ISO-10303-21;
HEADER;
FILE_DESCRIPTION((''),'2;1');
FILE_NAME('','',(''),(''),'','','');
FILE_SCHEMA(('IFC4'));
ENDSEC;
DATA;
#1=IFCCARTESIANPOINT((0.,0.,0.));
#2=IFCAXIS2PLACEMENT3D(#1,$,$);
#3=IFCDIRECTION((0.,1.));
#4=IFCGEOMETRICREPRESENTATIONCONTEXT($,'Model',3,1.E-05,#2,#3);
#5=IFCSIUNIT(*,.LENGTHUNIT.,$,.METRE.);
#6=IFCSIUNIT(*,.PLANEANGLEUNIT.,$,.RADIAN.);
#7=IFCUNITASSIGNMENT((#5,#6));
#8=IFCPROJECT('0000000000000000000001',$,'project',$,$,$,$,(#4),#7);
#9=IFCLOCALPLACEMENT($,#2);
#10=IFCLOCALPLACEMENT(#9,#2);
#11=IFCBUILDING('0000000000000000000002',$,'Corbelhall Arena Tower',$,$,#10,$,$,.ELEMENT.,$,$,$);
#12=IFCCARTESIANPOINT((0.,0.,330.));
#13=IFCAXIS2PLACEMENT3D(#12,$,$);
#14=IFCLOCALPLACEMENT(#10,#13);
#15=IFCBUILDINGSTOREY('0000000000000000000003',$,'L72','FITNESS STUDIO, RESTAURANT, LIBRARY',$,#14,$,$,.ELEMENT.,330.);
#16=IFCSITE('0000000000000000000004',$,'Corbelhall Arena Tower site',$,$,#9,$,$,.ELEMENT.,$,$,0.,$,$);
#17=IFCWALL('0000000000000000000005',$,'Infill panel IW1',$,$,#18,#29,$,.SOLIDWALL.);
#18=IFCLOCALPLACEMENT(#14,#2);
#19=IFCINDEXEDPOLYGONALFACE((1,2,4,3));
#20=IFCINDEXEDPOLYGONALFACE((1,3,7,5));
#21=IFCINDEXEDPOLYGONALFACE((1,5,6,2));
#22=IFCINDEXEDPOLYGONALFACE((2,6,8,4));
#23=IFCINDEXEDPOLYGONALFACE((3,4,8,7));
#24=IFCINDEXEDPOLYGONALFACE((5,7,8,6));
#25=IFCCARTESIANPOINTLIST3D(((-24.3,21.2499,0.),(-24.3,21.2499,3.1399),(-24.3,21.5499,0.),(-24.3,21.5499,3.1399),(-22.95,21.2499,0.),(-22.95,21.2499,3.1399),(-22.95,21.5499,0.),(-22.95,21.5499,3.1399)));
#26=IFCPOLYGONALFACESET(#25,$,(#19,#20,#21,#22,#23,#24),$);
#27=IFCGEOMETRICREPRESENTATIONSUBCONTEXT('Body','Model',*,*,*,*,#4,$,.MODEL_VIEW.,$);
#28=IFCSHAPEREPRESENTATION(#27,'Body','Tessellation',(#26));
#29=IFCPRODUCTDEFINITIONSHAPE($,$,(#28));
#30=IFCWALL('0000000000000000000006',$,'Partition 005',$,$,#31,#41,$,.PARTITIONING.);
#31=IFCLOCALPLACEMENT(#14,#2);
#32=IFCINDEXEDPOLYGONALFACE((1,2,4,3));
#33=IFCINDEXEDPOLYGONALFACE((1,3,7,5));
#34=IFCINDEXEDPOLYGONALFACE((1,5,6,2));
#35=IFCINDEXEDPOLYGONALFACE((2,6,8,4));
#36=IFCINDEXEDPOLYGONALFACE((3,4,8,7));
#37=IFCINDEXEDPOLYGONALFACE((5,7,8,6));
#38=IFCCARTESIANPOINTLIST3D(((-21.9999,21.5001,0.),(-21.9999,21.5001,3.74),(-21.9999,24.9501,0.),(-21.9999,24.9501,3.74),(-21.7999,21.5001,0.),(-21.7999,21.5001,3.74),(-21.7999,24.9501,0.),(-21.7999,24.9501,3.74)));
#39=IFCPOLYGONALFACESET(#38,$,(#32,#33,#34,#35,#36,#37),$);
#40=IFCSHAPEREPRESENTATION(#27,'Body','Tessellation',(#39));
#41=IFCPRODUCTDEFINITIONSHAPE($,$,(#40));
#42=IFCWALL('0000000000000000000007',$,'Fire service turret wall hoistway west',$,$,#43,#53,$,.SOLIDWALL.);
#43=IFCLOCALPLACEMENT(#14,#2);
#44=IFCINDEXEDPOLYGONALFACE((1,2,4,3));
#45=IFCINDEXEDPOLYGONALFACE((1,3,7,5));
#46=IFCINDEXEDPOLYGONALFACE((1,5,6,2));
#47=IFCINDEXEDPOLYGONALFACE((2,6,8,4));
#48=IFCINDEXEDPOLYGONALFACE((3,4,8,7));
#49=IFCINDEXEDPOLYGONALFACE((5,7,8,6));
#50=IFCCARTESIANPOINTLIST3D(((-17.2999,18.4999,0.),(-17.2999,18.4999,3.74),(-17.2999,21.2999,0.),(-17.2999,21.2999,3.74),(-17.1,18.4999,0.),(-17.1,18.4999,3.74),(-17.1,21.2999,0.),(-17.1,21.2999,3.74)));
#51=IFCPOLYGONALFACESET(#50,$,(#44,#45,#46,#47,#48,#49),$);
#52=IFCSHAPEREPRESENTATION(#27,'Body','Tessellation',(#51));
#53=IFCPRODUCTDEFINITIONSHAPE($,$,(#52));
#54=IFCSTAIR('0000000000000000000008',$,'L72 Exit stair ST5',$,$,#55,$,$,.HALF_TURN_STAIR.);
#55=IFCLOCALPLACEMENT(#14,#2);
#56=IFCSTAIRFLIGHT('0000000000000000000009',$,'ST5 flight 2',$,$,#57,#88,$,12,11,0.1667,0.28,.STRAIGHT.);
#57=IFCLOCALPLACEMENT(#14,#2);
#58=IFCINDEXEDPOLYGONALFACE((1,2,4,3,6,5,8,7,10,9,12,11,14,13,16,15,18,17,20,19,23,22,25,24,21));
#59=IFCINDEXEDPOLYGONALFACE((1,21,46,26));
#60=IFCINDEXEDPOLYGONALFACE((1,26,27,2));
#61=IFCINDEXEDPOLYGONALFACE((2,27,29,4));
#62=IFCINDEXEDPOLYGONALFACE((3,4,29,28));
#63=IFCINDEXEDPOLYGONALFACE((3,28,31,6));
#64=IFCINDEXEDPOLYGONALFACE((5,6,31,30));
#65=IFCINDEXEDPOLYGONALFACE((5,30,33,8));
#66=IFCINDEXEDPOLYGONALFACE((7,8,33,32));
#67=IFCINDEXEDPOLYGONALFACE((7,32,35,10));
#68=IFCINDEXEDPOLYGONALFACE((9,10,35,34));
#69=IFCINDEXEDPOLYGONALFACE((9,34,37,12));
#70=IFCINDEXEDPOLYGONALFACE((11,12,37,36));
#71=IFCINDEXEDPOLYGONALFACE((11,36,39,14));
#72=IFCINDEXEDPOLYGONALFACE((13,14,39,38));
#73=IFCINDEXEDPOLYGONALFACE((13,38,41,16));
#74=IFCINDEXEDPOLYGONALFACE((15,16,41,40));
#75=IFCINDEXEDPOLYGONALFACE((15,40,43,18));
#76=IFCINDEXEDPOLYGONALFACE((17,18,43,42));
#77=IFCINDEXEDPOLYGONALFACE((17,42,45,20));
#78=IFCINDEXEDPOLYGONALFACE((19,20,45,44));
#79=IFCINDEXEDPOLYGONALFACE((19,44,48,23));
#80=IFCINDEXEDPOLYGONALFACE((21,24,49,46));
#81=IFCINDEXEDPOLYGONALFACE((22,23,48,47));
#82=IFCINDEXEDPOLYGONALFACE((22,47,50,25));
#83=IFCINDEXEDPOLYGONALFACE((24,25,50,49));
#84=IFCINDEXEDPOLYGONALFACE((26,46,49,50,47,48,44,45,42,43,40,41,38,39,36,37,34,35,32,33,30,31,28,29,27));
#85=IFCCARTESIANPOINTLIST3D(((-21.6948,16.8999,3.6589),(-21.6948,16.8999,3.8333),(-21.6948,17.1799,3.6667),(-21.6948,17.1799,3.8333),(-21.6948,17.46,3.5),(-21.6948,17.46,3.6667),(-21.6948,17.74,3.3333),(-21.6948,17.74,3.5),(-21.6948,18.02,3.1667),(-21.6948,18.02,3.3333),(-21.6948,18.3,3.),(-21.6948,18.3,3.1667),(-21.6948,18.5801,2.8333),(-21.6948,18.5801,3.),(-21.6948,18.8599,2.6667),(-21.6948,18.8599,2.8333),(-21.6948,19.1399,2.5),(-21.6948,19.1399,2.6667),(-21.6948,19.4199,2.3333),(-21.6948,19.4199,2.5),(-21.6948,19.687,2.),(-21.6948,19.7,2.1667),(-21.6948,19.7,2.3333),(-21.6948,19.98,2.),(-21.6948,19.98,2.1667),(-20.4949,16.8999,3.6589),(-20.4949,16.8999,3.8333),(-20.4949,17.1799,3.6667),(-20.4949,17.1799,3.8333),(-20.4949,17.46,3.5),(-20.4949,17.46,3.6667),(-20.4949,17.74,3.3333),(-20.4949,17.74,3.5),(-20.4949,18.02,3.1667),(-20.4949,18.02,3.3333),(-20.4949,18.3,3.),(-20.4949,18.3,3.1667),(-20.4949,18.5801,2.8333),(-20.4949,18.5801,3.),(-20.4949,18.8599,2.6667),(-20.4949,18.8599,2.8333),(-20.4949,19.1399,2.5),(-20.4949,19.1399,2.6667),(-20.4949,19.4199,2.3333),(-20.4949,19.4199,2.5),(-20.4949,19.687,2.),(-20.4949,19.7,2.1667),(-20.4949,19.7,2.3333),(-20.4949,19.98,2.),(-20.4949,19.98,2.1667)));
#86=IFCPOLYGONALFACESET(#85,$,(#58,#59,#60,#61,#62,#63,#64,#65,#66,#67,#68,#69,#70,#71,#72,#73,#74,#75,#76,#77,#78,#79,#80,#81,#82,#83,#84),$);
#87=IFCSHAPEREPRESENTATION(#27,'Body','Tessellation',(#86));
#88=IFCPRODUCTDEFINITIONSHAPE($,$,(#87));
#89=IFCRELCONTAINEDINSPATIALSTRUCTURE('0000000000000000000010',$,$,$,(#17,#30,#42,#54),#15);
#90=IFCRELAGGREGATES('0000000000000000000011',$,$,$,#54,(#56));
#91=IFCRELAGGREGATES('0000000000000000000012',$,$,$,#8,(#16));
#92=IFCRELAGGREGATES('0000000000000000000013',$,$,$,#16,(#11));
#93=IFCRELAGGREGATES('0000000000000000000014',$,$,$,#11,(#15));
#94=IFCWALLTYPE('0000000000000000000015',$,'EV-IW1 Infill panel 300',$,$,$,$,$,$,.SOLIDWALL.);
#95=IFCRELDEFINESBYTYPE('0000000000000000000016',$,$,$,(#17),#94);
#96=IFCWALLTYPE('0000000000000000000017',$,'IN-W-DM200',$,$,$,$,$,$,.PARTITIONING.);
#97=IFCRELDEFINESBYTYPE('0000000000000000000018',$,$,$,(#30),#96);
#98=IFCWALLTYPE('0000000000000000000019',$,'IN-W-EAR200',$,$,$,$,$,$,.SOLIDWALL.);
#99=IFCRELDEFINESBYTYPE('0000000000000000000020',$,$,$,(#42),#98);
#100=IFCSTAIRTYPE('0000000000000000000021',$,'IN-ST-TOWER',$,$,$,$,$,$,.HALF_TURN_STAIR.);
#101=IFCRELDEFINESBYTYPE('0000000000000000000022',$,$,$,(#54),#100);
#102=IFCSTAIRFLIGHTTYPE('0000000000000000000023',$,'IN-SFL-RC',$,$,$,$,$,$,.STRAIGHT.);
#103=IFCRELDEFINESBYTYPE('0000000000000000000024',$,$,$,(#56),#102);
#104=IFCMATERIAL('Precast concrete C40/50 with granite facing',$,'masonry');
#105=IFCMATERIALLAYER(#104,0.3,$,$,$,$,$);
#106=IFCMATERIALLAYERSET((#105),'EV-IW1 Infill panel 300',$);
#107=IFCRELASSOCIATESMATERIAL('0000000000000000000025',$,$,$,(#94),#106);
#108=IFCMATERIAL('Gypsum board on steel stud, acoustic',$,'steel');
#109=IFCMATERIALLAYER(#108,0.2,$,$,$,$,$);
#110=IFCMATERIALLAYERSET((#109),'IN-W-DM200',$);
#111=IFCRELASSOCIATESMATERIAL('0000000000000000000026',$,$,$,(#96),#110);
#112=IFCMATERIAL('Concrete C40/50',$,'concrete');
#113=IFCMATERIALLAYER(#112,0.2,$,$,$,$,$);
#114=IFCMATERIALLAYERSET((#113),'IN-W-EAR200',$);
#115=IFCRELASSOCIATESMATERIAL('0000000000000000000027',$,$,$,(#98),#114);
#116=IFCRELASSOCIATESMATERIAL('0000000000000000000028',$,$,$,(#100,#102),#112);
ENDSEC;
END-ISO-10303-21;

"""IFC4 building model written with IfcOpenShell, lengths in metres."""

from ifc_helpers import new_model, si_unit, direction, frame, frame_2d, origin, place, context, subcontext, project, spatial, polyline, rectangle, outline, extrude, material, layer, layer_set, type_object, element, aggregate, save


model = new_model("IFC4")

# Units and contexts
model_context = context("Model", 3, precision=1e-05, world=origin(), true_north=direction((0.0, 1.0)))
body_context = subcontext(model_context, "Body", "Model", "MODEL_VIEW")
ifc_project = project(units=[si_unit("LENGTHUNIT", "METRE"), si_unit("PLANEANGLEUNIT", "RADIAN")], contexts=[model_context])

# Site, building, storey
site_placement = place(None, origin())
site = spatial("IfcSite", under=ifc_project, at=site_placement, Name="Corbelhall Arena Tower site", CompositionType="ELEMENT", RefElevation=0.0)
building_placement = place(site_placement, origin())
building = spatial("IfcBuilding", under=site, at=building_placement, Name="Corbelhall Arena Tower", CompositionType="ELEMENT")
storey_placement = place(building_placement, frame((0.0, 0.0, 330.0)))
storey = spatial("IfcBuildingStorey", under=building, at=storey_placement, Name="L72", Description="FITNESS STUDIO, RESTAURANT, LIBRARY", CompositionType="ELEMENT", Elevation=330.0)

# Shared definitions
ifc_material_1 = material(Name="Precast concrete C40/50 with granite facing", Category="masonry")
ifc_layer_1 = layer(ifc_material_1, 0.3)
ifc_layer_set_1 = layer_set([ifc_layer_1], Name="EV-IW1 Infill panel 300")
wall_type_1 = type_object("IfcWallType", Name="EV-IW1 Infill panel 300", PredefinedType="SOLIDWALL", material=ifc_layer_set_1)

# Walls
wall_1_placement = place(storey_placement, frame((-22.95, 21.3999, 0.0), z_axis=(0.0, 0.0, 1.0), x_axis=(-1.0, 0.0, 0.0)))
element("IfcWall", 1, at=wall_1_placement, inside=storey, type_object=wall_type_1, Name="Infill panel IW1", PredefinedType="SOLIDWALL", context=body_context, shape_type="SweptSolid", body=[
    extrude(rectangle(XDim=1.3501, YDim=0.3, at=frame_2d((0.675, 0.0))), origin(), (0.0, 0.0, 1.0), 3.1399),
])
ifc_material_2 = material(Name="Gypsum board on steel stud, acoustic", Category="steel")
ifc_layer_2 = layer(ifc_material_2, 0.2)
ifc_layer_set_2 = layer_set([ifc_layer_2], Name="IN-W-DM200")
wall_type_2 = type_object("IfcWallType", Name="IN-W-DM200", PredefinedType="PARTITIONING", material=ifc_layer_set_2)
wall_2_placement = place(storey_placement, frame((-21.8999, 21.5, 0.0), z_axis=(0.0, 0.0, 1.0), x_axis=(0.0, 1.0, 0.0)))
element("IfcWall", 2, at=wall_2_placement, inside=storey, type_object=wall_type_2, Name="Partition 005", PredefinedType="PARTITIONING", context=body_context, shape_type="SweptSolid", body=[
    extrude(rectangle(XDim=3.45, YDim=0.2, at=frame_2d((1.7251, 0.0))), origin(), (0.0, 0.0, 1.0), 3.74),
])

# Shared definitions
ifc_material_3 = material(Name="Concrete C40/50", Category="concrete")
ifc_layer_3 = layer(ifc_material_3, 0.2)
ifc_layer_set_3 = layer_set([ifc_layer_3], Name="IN-W-EAR200")
wall_type_3 = type_object("IfcWallType", Name="IN-W-EAR200", PredefinedType="SOLIDWALL", material=ifc_layer_set_3)

# Wall
wall_3_placement = place(storey_placement, frame((-17.2, 18.5, 0.0), z_axis=(0.0, 0.0, 1.0), x_axis=(0.0, 1.0, 0.0)))
element("IfcWall", 3, at=wall_3_placement, inside=storey, type_object=wall_type_3, Name="Fire service turret wall hoistway west", PredefinedType="SOLIDWALL", context=body_context, shape_type="SweptSolid", body=[
    extrude(rectangle(XDim=2.8, YDim=0.2, at=frame_2d((1.3999, 0.0))), origin(), (0.0, 0.0, 1.0), 3.74),
])

# Stair, stair flight
stair_type = type_object("IfcStairType", Name="IN-ST-TOWER", PredefinedType="HALF_TURN_STAIR", material=ifc_material_3)
stair_placement = place(storey_placement, origin())
stair = element("IfcStair", 4, at=stair_placement, inside=storey, type_object=stair_type, Name="L72 Exit stair ST5", PredefinedType="HALF_TURN_STAIR")
stair_flight_type = type_object("IfcStairFlightType", Name="IN-SFL-RC", PredefinedType="STRAIGHT", material=ifc_material_3)
stair_flight_placement = place(storey_placement, frame((-21.095, 19.98, 2.0), z_axis=(0.0, 0.0, 1.0), x_axis=(0.0, -1.0, 0.0)))
stair_flight = element("IfcStairFlight", 5, at=stair_flight_placement, type_object=stair_flight_type, Name="ST5 flight 2", NumberOfRisers=12, NumberOfTreads=11, PredefinedType="STRAIGHT", RiserHeight=0.1667, TreadLength=0.28, context=body_context, shape_type="SweptSolid", body=[
    extrude(outline(polyline([(0.0, 0.0), (0.0, 0.1667), (0.28, 0.1667), (0.28, 0.3333), (0.5601, 0.3333), (0.5601, 0.5), (0.8401, 0.5), (0.8401, 0.6667), (1.1201, 0.6667), (1.1201, 0.8333), (1.3999, 0.8333), (1.3999, 1.0), (1.6799, 1.0), (1.6799, 1.1667), (1.96, 1.1667), (1.96, 1.3333), (2.24, 1.3333), (2.24, 1.5), (2.52, 1.5), (2.52, 1.6667), (2.8, 1.6667), (2.8, 1.8333), (3.0801, 1.8333), (3.0801, 2.0), (3.0801, 1.6589), (0.293, 0.0), (0.0, 0.0)])), frame((0.0, 0.6001, 0.0), z_axis=(0.0, -1.0, 0.0), x_axis=(1.0, 0.0, 0.0)), (0.0, 0.0, 1.0), 1.2),
])
aggregate(stair, [stair_flight])

save(model, "model.ifc")
